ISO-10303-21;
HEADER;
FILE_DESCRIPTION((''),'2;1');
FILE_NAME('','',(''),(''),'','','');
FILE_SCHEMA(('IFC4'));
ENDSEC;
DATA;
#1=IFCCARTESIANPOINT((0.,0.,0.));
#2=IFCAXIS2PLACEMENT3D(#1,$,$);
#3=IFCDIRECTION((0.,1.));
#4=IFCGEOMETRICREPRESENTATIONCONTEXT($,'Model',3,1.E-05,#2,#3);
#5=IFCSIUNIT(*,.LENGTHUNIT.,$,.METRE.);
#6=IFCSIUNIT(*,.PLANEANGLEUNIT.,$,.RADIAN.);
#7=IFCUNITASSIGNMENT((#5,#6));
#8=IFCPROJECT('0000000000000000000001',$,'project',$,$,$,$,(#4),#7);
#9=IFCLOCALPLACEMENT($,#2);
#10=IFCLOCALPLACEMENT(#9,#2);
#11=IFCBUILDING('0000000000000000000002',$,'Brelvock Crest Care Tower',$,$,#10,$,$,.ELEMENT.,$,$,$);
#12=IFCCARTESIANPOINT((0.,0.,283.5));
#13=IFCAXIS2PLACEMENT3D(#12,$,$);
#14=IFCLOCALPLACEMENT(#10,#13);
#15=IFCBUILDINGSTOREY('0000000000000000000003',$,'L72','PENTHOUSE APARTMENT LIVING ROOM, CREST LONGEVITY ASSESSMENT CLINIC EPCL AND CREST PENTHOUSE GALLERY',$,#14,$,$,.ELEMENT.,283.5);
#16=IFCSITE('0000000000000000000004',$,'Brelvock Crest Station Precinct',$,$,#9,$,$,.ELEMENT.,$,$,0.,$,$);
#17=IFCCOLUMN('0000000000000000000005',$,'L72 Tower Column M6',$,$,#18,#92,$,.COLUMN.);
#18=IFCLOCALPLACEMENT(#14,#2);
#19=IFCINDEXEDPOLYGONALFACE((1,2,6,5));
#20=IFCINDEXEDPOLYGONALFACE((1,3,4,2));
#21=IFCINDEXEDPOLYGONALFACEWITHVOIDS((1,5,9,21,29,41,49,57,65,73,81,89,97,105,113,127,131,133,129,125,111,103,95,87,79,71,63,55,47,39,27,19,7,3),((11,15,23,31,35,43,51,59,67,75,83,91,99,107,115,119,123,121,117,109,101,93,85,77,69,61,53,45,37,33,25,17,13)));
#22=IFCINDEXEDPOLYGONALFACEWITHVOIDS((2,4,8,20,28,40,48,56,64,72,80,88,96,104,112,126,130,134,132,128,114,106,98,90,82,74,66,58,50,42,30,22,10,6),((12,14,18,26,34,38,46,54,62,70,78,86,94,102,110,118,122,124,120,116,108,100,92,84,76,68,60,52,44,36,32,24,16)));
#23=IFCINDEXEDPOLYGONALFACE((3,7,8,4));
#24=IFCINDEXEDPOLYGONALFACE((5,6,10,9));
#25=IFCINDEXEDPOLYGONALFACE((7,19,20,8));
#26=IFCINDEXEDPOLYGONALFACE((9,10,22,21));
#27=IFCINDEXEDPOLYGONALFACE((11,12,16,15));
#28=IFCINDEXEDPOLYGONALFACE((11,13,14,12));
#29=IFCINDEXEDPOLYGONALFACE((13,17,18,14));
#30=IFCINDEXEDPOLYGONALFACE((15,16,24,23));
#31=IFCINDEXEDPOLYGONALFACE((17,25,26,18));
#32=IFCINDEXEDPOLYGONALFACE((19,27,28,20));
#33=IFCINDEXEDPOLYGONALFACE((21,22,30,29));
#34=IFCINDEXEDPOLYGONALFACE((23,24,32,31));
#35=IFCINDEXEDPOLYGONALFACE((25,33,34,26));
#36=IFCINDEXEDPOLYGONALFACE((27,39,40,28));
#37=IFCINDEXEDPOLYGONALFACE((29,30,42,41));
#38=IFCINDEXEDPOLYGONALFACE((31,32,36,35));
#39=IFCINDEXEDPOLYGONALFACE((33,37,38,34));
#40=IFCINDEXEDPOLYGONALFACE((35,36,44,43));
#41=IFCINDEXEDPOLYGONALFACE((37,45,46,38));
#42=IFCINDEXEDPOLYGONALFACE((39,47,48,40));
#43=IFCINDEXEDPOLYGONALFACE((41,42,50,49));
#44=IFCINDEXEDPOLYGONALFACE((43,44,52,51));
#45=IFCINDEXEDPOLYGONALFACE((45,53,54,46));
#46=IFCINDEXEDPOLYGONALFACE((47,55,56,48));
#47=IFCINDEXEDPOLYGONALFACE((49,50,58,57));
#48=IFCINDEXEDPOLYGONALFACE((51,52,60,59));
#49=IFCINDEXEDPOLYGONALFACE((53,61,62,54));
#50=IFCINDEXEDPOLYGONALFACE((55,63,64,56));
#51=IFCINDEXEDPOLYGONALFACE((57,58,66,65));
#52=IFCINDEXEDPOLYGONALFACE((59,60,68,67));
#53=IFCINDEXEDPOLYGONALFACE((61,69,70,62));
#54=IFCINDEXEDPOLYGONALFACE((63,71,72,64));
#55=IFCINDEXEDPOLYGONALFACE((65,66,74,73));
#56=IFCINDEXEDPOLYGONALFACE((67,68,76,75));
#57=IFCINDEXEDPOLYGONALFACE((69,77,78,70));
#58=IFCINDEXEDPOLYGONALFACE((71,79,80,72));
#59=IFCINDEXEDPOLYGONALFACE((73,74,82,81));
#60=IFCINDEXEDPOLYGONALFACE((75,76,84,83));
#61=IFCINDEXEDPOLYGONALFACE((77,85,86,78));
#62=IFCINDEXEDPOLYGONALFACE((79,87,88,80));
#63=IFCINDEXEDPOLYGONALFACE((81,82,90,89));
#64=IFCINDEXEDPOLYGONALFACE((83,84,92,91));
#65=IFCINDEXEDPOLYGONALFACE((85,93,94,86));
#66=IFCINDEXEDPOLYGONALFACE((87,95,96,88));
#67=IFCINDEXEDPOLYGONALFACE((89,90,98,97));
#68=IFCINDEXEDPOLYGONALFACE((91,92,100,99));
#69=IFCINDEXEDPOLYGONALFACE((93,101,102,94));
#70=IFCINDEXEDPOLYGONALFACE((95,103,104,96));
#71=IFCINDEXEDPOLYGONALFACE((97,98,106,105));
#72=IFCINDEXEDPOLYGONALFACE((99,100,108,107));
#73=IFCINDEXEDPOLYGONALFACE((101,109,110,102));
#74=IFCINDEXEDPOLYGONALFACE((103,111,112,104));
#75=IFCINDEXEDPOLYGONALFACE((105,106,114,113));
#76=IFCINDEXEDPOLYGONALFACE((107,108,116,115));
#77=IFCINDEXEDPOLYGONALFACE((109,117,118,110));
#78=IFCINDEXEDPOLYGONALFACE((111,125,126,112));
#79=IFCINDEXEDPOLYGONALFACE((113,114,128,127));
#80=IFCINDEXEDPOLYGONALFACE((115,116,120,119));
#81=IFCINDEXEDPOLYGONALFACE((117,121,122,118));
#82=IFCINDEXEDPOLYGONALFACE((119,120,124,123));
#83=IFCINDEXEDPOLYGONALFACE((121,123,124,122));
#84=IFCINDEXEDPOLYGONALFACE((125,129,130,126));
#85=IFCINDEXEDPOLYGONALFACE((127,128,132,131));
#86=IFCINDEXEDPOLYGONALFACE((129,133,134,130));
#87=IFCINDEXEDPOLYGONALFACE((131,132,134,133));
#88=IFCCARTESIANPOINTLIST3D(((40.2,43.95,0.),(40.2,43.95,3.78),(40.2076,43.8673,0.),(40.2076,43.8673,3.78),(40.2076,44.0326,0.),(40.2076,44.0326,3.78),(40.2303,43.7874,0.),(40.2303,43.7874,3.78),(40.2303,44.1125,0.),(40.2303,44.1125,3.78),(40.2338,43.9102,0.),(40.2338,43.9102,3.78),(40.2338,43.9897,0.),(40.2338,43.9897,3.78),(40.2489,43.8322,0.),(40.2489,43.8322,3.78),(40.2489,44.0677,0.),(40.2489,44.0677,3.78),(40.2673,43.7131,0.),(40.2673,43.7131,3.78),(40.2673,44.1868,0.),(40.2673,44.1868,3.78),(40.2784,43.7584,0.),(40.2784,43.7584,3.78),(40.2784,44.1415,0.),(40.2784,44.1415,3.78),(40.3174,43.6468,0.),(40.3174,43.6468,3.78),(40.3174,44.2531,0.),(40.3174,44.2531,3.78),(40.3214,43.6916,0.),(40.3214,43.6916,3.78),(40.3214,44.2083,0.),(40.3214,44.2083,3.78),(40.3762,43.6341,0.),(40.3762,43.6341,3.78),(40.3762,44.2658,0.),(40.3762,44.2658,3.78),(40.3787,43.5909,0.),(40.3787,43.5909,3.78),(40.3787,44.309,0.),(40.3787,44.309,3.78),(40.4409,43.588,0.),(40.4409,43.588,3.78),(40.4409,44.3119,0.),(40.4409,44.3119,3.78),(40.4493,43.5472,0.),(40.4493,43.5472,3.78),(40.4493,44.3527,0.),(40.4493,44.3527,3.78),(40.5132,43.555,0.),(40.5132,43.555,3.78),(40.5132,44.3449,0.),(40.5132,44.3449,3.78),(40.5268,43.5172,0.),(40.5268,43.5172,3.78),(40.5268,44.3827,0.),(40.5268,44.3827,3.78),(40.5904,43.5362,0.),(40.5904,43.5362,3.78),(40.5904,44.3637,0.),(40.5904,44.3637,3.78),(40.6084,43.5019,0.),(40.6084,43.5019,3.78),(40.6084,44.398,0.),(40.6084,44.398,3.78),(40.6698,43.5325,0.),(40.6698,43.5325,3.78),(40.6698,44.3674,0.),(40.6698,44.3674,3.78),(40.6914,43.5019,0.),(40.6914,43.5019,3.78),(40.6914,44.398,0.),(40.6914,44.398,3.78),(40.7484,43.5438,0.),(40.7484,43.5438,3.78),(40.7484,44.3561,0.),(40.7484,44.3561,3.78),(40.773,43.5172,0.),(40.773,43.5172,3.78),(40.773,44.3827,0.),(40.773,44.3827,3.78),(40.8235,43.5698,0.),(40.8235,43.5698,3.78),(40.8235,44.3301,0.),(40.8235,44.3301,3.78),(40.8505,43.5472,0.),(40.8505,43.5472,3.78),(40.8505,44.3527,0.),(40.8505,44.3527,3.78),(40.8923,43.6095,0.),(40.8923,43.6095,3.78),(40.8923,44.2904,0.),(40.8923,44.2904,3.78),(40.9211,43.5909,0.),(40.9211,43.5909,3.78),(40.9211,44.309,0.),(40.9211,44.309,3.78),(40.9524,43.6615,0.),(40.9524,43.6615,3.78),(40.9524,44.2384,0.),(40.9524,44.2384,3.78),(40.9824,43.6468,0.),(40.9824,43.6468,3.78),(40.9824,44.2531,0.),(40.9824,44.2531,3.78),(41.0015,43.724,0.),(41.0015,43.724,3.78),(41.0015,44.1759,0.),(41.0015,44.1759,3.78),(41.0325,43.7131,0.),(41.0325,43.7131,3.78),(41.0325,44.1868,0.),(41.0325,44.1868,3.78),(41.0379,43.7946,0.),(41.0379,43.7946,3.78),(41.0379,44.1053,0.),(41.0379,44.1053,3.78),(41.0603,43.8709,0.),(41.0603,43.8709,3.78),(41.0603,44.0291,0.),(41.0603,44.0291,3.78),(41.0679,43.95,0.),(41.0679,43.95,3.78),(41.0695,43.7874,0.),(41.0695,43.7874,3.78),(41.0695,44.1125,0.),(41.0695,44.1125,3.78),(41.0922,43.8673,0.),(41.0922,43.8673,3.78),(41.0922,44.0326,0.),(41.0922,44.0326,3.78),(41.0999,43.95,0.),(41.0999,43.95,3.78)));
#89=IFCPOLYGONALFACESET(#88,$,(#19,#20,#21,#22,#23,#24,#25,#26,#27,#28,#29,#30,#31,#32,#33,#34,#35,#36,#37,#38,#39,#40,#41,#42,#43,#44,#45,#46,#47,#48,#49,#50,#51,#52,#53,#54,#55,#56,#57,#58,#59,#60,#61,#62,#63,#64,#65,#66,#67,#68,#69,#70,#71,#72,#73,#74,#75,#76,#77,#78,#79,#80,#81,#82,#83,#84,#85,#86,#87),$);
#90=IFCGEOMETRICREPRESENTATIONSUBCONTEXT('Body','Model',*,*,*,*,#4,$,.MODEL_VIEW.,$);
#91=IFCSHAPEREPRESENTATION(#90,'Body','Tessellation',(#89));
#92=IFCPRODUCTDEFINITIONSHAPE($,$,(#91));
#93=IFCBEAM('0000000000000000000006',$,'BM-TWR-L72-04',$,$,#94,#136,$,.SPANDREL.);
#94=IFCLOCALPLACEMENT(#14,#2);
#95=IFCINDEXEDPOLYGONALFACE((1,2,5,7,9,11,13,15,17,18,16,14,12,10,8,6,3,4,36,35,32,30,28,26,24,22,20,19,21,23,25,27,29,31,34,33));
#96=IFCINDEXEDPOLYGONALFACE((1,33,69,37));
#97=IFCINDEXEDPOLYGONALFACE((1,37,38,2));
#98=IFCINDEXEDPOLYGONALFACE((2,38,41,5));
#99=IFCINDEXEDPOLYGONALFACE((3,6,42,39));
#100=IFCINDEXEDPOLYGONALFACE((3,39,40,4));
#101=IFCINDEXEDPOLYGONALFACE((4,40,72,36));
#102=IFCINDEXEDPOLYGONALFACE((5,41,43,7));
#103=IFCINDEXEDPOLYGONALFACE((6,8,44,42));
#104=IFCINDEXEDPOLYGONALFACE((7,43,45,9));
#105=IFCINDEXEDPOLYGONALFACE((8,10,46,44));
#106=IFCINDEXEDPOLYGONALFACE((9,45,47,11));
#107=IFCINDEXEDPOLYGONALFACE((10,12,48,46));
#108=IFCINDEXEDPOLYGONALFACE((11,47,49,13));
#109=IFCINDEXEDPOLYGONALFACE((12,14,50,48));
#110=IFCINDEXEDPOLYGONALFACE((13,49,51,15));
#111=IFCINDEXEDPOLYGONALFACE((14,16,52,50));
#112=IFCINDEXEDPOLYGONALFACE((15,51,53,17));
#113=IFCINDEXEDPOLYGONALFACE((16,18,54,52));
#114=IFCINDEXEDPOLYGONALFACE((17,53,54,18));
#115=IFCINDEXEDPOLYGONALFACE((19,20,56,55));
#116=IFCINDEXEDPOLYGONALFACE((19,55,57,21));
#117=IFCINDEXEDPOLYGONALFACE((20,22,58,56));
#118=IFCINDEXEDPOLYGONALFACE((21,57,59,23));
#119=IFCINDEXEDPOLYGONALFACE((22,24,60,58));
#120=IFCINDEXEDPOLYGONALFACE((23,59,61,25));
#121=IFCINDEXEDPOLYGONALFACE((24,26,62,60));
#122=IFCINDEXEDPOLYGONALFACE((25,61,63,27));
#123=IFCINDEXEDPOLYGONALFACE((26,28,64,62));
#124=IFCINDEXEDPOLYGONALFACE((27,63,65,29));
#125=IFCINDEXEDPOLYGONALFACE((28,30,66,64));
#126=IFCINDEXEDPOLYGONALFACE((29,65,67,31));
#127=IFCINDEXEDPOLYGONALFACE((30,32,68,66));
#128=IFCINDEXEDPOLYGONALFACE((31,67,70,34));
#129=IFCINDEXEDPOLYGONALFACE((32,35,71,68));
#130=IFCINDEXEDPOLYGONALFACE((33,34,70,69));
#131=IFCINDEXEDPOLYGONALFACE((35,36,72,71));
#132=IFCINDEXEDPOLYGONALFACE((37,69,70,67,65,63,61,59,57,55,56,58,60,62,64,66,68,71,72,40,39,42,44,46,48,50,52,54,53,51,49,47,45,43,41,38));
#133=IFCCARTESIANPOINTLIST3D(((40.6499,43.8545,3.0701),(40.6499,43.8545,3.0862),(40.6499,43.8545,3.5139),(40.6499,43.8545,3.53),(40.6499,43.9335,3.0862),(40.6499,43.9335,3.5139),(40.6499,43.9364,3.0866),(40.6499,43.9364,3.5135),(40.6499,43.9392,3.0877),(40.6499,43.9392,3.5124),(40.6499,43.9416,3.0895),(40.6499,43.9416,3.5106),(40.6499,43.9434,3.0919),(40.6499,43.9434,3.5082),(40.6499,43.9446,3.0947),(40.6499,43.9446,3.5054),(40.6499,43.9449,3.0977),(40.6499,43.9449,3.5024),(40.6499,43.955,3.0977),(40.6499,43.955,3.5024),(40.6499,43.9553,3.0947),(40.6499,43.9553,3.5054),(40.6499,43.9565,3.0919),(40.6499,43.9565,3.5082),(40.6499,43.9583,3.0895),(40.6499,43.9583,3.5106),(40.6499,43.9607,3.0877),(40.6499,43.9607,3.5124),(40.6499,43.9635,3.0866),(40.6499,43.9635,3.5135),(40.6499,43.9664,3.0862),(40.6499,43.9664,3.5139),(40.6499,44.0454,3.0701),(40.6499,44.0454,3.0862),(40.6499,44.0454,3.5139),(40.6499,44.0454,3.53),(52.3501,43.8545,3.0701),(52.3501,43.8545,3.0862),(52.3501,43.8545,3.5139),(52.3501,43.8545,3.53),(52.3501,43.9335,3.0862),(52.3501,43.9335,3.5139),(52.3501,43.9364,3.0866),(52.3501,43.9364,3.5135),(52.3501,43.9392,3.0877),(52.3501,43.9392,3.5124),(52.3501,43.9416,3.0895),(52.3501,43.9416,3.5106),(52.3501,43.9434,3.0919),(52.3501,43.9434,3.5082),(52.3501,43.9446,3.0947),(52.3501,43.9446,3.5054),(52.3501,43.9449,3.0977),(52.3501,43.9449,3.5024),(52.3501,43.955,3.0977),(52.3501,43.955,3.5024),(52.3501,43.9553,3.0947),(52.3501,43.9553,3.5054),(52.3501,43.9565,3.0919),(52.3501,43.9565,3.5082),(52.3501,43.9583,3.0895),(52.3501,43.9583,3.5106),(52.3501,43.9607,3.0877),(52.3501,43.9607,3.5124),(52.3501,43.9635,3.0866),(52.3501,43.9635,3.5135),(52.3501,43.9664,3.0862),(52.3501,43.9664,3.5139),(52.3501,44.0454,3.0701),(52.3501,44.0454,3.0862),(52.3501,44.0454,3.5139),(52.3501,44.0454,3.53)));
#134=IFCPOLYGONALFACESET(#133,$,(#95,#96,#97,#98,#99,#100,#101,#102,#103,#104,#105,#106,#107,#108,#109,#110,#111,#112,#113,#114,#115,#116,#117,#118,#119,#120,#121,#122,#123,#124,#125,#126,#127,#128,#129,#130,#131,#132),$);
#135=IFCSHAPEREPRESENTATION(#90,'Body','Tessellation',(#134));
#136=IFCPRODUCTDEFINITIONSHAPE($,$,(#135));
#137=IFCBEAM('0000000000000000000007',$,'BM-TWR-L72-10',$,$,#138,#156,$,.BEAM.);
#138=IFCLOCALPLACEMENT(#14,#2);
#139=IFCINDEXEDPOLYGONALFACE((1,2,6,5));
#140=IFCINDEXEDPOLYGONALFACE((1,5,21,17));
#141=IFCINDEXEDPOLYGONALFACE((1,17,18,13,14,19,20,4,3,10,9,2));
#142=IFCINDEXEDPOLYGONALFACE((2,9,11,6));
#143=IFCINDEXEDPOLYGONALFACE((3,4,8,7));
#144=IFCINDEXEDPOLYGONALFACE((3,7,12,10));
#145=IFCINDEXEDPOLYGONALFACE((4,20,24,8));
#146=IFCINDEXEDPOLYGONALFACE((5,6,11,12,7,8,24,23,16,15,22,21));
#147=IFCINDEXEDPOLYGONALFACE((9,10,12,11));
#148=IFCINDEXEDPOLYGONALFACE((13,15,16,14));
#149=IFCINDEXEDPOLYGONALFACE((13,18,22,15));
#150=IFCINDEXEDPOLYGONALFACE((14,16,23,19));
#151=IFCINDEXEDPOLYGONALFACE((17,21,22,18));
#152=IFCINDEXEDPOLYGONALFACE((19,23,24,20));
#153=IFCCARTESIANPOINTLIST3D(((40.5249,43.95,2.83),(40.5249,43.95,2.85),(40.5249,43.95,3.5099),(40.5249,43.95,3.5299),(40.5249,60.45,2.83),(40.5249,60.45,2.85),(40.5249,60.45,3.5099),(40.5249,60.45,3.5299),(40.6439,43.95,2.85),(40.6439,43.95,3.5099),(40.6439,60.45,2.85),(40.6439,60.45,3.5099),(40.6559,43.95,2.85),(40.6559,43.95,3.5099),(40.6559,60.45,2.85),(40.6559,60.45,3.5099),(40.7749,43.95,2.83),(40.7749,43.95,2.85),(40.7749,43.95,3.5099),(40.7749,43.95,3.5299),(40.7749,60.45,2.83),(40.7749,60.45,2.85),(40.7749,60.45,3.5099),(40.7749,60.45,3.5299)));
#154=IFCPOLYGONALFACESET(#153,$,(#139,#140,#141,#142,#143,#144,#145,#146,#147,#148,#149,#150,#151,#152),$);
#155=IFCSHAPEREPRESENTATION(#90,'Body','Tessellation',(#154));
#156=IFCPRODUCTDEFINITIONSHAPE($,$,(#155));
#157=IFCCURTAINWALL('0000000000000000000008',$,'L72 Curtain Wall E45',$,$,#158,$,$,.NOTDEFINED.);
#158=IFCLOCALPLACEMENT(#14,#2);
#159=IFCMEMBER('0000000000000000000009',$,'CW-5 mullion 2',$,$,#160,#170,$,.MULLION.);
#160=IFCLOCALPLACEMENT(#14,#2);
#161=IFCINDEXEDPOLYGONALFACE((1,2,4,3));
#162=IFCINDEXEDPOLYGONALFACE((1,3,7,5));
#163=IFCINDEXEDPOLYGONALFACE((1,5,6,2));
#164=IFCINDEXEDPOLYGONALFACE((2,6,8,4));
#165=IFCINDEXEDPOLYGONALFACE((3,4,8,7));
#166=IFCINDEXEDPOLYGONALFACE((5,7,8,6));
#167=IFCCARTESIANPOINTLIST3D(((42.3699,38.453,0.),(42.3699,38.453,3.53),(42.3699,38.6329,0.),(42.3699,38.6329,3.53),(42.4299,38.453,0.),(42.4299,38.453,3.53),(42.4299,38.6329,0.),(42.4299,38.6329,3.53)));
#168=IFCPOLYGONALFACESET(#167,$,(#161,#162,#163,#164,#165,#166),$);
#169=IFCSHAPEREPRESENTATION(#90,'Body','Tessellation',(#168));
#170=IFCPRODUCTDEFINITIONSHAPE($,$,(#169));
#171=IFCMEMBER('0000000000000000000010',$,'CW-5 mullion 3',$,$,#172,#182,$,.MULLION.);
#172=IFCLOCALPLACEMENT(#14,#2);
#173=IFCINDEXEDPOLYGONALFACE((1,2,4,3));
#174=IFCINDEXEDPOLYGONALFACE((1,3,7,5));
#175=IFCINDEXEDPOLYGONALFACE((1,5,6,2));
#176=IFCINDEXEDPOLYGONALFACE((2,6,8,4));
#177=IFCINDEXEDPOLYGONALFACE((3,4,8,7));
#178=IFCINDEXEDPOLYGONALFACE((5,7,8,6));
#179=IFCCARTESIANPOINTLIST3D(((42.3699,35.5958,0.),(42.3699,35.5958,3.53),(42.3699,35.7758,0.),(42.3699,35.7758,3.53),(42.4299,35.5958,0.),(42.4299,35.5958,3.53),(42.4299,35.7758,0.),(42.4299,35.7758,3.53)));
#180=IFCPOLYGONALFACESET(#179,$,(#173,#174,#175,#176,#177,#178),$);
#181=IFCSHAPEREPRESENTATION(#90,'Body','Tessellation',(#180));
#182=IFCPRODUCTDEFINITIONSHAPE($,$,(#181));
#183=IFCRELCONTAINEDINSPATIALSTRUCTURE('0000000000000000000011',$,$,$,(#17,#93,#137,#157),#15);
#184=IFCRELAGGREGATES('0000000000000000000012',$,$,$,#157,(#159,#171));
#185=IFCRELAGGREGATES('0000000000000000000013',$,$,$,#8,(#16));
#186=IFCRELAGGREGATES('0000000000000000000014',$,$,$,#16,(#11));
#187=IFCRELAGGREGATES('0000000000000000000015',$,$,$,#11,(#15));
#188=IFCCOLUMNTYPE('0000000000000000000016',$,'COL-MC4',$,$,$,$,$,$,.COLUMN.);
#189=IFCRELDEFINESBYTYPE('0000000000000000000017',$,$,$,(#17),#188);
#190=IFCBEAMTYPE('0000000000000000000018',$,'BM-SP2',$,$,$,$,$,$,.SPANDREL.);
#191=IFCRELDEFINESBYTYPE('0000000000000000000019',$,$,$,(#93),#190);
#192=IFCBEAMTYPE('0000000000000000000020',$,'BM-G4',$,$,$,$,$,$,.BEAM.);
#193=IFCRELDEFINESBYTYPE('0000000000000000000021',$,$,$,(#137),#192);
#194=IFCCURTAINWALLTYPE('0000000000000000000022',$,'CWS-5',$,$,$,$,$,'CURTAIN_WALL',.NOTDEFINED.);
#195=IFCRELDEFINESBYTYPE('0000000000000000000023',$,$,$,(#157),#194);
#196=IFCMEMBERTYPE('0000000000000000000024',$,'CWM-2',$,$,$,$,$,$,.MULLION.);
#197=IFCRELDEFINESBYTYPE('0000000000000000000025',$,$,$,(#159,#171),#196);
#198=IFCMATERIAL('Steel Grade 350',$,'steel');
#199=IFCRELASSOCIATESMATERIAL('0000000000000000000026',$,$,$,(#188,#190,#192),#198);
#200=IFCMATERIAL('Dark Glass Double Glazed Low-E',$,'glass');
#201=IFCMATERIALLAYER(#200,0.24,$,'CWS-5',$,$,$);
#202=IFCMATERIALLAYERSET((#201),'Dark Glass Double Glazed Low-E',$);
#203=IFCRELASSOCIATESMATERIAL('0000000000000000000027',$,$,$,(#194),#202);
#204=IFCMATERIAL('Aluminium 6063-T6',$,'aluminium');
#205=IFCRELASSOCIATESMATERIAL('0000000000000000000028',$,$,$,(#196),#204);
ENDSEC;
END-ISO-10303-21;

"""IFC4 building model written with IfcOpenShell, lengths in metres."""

from ifc_helpers import new_model, si_unit, direction, frame, origin, origin_2d, place, context, subcontext, project, spatial, rectangle, hollow_circle, i_section, extrude, source, transform, mapped, material, layer, layer_set, material_profile, profile_set, type_object, element, aggregate, save


model = new_model("IFC4")

# Units and contexts
model_context = context("Model", 3, precision=1e-05, world=origin(), true_north=direction((0.0, 1.0)))
body_context = subcontext(model_context, "Body", "Model", "MODEL_VIEW")
ifc_project = project(units=[si_unit("LENGTHUNIT", "METRE"), si_unit("PLANEANGLEUNIT", "RADIAN")], contexts=[model_context])

# Site, building, storey
site_placement = place(None, origin())
site = spatial("IfcSite", under=ifc_project, at=site_placement, Name="Brelvock Crest Station Precinct", CompositionType="ELEMENT", RefElevation=0.0)
building_placement = place(site_placement, origin())
building = spatial("IfcBuilding", under=site, at=building_placement, Name="Brelvock Crest Care Tower", CompositionType="ELEMENT")
storey_placement = place(building_placement, frame((0.0, 0.0, 283.5)))
storey = spatial("IfcBuildingStorey", under=building, at=storey_placement, Name="L72", Description="PENTHOUSE APARTMENT LIVING ROOM, CREST LONGEVITY ASSESSMENT CLINIC EPCL AND CREST PENTHOUSE GALLERY", CompositionType="ELEMENT", Elevation=283.5)

# Column
ifc_material_1 = material(Name="Steel Grade 350", Category="steel")
ifc_material_profile_1 = material_profile(ifc_material_1, hollow_circle(Radius=0.45, WallThickness=0.032, at=origin_2d()), Name="CFT900x32")
ifc_profile_set_1 = profile_set([ifc_material_profile_1], Name="Steel Grade 350")
column_type = type_object("IfcColumnType", Name="COL-MC4", PredefinedType="COLUMN", material=ifc_profile_set_1)
shared_shape_1 = source(origin(), body_context, "Body", "SweptSolid", [
    extrude(hollow_circle(Radius=0.45, WallThickness=0.032, at=origin_2d()), origin(), (0.0, 0.0, 1.0), 3.78),
])
column_placement = place(storey_placement, frame((40.6499, 43.95, 0.0), z_axis=(0.0, 0.0, 1.0), x_axis=(1.0, 0.0, 0.0)))
element("IfcColumn", 1, at=column_placement, inside=storey, type_object=column_type, Name="L72 Tower Column M6", PredefinedType="COLUMN", context=body_context, shape_type="MappedRepresentation", body=[
    mapped(shared_shape_1, transform((0.0, 0.0, 0.0), x_axis=(1.0, 0.0, 0.0), y_axis=(0.0, 1.0, 0.0), z_axis=(0.0, 0.0, 1.0), scale=1.0)),
])

# Beams
ifc_material_profile_2 = material_profile(ifc_material_1, i_section(OverallWidth=0.1909, OverallDepth=0.46, WebThickness=0.01, FlangeThickness=0.0161, FilletRadius=0.0115, at=origin_2d()), Name="460UB82.1")
ifc_profile_set_2 = profile_set([ifc_material_profile_2], Name="Steel Grade 350")
beam_type_1 = type_object("IfcBeamType", Name="BM-SP2", PredefinedType="SPANDREL", material=ifc_profile_set_2)
shared_shape_2 = source(origin(), body_context, "Body", "SweptSolid", [
    extrude(i_section(OverallWidth=0.1909, OverallDepth=0.46, WebThickness=0.01, FlangeThickness=0.0161, FilletRadius=0.0115, at=origin_2d()), origin(), (0.0, 0.0, 1.0), 11.7002),
])
beam_1_placement = place(storey_placement, frame((40.6499, 43.95, 3.3), z_axis=(1.0, 0.0, 0.0), x_axis=(0.0, 1.0, 0.0)))
element("IfcBeam", 2, at=beam_1_placement, inside=storey, type_object=beam_type_1, Name="BM-TWR-L72-04", PredefinedType="SPANDREL", context=body_context, shape_type="MappedRepresentation", body=[
    mapped(shared_shape_2, transform((0.0, 0.0, 0.0), x_axis=(1.0, 0.0, 0.0), y_axis=(0.0, 1.0, 0.0), z_axis=(0.0, 0.0, 1.0), scale=1.0)),
])
ifc_material_profile_3 = material_profile(ifc_material_1, i_section(OverallWidth=0.25, OverallDepth=0.7, WebThickness=0.012, FlangeThickness=0.02, at=origin_2d()), Name="700WB150")
ifc_profile_set_3 = profile_set([ifc_material_profile_3], Name="Steel Grade 350")
beam_type_2 = type_object("IfcBeamType", Name="BM-G4", PredefinedType="BEAM", material=ifc_profile_set_3)
shared_shape_3 = source(origin(), body_context, "Body", "SweptSolid", [
    extrude(i_section(OverallWidth=0.25, OverallDepth=0.7, WebThickness=0.012, FlangeThickness=0.02, at=origin_2d()), origin(), (0.0, 0.0, 1.0), 16.5),
])
beam_2_placement = place(storey_placement, frame((40.6499, 43.95, 3.1799), z_axis=(0.0, 1.0, 0.0), x_axis=(-1.0, 0.0, 0.0)))
element("IfcBeam", 3, at=beam_2_placement, inside=storey, type_object=beam_type_2, Name="BM-TWR-L72-10", PredefinedType="BEAM", context=body_context, shape_type="MappedRepresentation", body=[
    mapped(shared_shape_3, transform((0.0, 0.0, 0.0), x_axis=(1.0, 0.0, 0.0), y_axis=(0.0, 1.0, 0.0), z_axis=(0.0, 0.0, 1.0), scale=1.0)),
])

# Curtain wall, members
ifc_material_2 = material(Name="Dark Glass Double Glazed Low-E", Category="glass")
ifc_layer_1 = layer(ifc_material_2, 0.24, Name="CWS-5")
ifc_layer_set_1 = layer_set([ifc_layer_1], Name="Dark Glass Double Glazed Low-E")
curtain_wall_type = type_object("IfcCurtainWallType", Name="CWS-5", ElementType="CURTAIN_WALL", PredefinedType="NOTDEFINED", material=ifc_layer_set_1)
curtain_wall_placement = place(storey_placement, origin())
curtain_wall = element("IfcCurtainWall", 4, at=curtain_wall_placement, inside=storey, type_object=curtain_wall_type, Name="L72 Curtain Wall E45", PredefinedType="NOTDEFINED")
ifc_material_3 = material(Name="Aluminium 6063-T6", Category="aluminium")
ifc_material_profile_4 = material_profile(ifc_material_3, rectangle(XDim=0.0601, YDim=0.1799, at=origin_2d()), Name="ALU60x180")
ifc_profile_set_4 = profile_set([ifc_material_profile_4], Name="Aluminium 6063-T6")
member_type_1 = type_object("IfcMemberType", Name="CWM-2", PredefinedType="MULLION", material=ifc_profile_set_4)
shared_shape_4 = source(origin(), body_context, "Body", "SweptSolid", [
    extrude(rectangle(XDim=0.0601, YDim=0.1799, at=origin_2d()), origin(), (0.0, 0.0, 1.0), 3.53),
])
member_1_placement = place(storey_placement, frame((42.3999, 38.543, 0.0), z_axis=(0.0, 0.0, 1.0), x_axis=(1.0, 0.0, 0.0)))
member_1 = element("IfcMember", 5, at=member_1_placement, type_object=member_type_1, Name="CW-5 mullion 2", PredefinedType="MULLION", context=body_context, shape_type="MappedRepresentation", body=[
    mapped(shared_shape_4, transform((0.0, 0.0, 0.0), x_axis=(1.0, 0.0, 0.0), y_axis=(0.0, 1.0, 0.0), z_axis=(0.0, 0.0, 1.0), scale=1.0)),
])
member_2_placement = place(storey_placement, frame((42.3999, 35.6858, 0.0), z_axis=(0.0, 0.0, 1.0), x_axis=(1.0, 0.0, 0.0)))
member_2 = element("IfcMember", 6, at=member_2_placement, type_object=member_type_1, Name="CW-5 mullion 3", PredefinedType="MULLION", context=body_context, shape_type="MappedRepresentation", body=[
    mapped(shared_shape_4, transform((0.0, 0.0, 0.0), x_axis=(1.0, 0.0, 0.0), y_axis=(0.0, 1.0, 0.0), z_axis=(0.0, 0.0, 1.0), scale=1.0)),
])
aggregate(curtain_wall, [member_1, member_2])

save(model, "model.ifc")
